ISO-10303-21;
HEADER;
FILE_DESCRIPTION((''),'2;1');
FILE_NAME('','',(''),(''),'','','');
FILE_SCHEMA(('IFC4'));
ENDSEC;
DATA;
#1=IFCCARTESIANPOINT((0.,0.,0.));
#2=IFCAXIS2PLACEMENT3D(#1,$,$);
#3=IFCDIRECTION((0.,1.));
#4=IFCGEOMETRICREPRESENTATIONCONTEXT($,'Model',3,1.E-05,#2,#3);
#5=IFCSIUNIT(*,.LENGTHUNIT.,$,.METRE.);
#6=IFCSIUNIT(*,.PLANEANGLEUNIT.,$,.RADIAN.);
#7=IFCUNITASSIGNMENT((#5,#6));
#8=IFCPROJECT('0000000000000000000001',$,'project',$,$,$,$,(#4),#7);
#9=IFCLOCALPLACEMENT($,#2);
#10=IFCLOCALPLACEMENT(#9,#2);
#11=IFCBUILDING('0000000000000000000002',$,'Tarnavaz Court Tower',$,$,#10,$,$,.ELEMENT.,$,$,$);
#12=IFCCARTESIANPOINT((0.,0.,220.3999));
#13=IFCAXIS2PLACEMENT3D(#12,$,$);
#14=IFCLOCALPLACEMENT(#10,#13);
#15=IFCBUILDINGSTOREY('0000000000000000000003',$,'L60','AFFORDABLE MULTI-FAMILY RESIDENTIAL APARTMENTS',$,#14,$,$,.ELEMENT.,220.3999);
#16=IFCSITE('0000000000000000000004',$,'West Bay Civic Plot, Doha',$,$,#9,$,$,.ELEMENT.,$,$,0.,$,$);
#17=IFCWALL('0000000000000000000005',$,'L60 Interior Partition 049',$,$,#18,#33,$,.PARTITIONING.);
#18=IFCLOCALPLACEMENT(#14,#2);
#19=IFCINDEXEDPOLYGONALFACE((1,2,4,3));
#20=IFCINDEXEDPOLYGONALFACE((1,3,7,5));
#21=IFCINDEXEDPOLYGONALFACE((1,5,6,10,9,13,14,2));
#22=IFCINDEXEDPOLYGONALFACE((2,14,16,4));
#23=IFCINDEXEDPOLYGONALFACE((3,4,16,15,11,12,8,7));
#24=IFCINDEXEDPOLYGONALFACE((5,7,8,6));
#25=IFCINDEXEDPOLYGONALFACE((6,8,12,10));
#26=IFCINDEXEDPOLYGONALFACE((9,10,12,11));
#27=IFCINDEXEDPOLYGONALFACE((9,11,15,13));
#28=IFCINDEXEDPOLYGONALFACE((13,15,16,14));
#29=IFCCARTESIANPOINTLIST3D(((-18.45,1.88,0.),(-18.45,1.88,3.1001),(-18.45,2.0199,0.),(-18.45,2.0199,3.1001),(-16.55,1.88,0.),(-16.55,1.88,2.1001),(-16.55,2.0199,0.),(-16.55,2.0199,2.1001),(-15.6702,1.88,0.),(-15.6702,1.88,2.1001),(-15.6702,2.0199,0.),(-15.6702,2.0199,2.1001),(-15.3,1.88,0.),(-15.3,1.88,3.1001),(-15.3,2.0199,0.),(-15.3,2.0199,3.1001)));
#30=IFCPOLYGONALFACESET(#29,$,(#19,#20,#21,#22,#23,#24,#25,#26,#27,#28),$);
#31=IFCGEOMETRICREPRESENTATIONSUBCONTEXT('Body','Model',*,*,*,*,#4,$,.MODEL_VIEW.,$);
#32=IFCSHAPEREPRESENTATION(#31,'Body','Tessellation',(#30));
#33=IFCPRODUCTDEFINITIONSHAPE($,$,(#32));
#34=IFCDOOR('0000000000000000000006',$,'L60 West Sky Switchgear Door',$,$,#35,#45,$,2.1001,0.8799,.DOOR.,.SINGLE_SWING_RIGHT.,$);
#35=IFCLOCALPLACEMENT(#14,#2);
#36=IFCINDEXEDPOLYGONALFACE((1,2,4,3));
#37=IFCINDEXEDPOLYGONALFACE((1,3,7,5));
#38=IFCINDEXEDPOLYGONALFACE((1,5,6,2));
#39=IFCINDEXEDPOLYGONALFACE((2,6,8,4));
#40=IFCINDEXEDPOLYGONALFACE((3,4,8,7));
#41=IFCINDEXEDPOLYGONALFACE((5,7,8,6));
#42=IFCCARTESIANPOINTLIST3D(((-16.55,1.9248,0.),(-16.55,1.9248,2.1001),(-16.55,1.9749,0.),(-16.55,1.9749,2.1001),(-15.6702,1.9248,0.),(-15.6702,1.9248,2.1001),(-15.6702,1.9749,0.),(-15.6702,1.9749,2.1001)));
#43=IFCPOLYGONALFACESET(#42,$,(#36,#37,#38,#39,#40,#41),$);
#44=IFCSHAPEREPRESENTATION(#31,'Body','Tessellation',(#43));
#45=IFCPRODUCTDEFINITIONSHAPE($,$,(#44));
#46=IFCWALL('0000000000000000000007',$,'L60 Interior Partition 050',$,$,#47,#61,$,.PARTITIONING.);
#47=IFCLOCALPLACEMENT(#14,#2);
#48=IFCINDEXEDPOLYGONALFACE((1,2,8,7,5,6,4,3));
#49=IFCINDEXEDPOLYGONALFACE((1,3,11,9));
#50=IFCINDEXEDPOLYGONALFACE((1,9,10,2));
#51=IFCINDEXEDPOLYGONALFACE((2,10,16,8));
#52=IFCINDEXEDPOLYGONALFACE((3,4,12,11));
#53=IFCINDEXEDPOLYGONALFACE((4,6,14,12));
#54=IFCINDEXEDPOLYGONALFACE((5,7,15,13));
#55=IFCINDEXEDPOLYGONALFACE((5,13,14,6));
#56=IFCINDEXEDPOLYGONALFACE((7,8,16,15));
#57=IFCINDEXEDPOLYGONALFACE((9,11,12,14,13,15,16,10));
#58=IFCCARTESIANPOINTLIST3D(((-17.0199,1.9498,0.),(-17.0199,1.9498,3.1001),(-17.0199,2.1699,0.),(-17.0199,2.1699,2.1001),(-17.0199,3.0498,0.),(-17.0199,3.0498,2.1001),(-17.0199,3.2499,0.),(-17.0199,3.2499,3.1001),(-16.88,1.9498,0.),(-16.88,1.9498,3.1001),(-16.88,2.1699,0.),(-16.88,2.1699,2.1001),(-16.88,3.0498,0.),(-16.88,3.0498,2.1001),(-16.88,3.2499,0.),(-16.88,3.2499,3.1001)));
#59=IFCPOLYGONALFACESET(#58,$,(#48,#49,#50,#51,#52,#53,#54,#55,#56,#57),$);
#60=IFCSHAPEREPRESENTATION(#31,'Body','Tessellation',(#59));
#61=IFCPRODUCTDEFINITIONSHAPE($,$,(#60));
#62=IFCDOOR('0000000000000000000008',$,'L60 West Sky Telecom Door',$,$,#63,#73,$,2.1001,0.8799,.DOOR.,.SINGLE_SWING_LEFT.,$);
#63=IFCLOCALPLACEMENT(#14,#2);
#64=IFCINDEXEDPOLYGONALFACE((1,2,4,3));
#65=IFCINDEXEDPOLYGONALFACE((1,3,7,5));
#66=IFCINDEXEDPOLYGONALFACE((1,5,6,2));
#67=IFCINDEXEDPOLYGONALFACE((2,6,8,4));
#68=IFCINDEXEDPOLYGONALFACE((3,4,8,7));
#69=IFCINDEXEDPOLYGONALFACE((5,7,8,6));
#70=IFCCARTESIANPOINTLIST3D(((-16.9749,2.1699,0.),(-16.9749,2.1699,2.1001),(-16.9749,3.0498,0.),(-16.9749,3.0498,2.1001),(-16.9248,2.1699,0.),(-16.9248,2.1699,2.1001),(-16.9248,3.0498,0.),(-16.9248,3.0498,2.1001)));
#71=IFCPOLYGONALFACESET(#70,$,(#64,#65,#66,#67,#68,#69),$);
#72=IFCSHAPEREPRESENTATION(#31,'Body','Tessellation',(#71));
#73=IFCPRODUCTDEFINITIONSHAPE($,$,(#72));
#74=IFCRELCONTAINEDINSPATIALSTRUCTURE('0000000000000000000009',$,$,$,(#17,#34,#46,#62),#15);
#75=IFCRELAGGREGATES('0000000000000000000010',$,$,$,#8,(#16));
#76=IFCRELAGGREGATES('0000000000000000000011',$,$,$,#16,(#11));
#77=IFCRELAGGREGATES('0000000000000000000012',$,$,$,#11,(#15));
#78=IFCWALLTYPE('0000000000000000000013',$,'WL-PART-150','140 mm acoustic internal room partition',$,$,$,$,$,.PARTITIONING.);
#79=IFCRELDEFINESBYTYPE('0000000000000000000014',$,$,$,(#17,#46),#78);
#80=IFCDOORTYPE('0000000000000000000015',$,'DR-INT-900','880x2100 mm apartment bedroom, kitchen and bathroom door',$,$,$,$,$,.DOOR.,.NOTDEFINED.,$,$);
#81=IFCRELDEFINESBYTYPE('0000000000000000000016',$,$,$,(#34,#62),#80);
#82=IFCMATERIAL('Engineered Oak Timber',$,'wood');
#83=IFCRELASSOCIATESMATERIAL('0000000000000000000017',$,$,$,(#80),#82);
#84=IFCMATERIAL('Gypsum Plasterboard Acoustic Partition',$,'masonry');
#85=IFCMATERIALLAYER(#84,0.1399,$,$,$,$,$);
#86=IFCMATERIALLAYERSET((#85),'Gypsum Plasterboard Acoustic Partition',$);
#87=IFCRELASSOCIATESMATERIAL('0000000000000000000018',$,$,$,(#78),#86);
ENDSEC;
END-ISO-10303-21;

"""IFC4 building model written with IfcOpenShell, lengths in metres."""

from ifc_helpers import new_model, si_unit, direction, frame, frame_2d, origin, place, context, subcontext, project, spatial, rectangle, extrude, material, layer, layer_set, type_object, element, fill, save


model = new_model("IFC4")

# Units and contexts
model_context = context("Model", 3, precision=1e-05, world=origin(), true_north=direction((0.0, 1.0)))
body_context = subcontext(model_context, "Body", "Model", "MODEL_VIEW")
ifc_project = project(units=[si_unit("LENGTHUNIT", "METRE"), si_unit("PLANEANGLEUNIT", "RADIAN")], contexts=[model_context])

# Site, building, storey
site_placement = place(None, origin())
site = spatial("IfcSite", under=ifc_project, at=site_placement, Name="West Bay Civic Plot, Doha", CompositionType="ELEMENT", RefElevation=0.0)
building_placement = place(site_placement, origin())
building = spatial("IfcBuilding", under=site, at=building_placement, Name="Tarnavaz Court Tower", CompositionType="ELEMENT")
storey_placement = place(building_placement, frame((0.0, 0.0, 220.3999)))
storey = spatial("IfcBuildingStorey", under=building, at=storey_placement, Name="L60", Description="AFFORDABLE MULTI-FAMILY RESIDENTIAL APARTMENTS", CompositionType="ELEMENT", Elevation=220.3999)

# Shared definitions
ifc_material_1 = material(Name="Engineered Oak Timber", Category="wood")
door_type_1 = type_object("IfcDoorType", Name="DR-INT-900", Description="880x2100 mm apartment bedroom, kitchen and bathroom door", OperationType="NOTDEFINED", PredefinedType="DOOR", material=ifc_material_1)

# Walls, openings, doors
ifc_material_2 = material(Name="Gypsum Plasterboard Acoustic Partition", Category="masonry")
ifc_layer_1 = layer(ifc_material_2, 0.1399)
ifc_layer_set_1 = layer_set([ifc_layer_1], Name="Gypsum Plasterboard Acoustic Partition")
wall_type_1 = type_object("IfcWallType", Name="WL-PART-150", Description="140 mm acoustic internal room partition", PredefinedType="PARTITIONING", material=ifc_layer_set_1)
wall_1_placement = place(storey_placement, frame((-18.45, 1.95, 0.0), z_axis=(0.0, 0.0, 1.0), x_axis=(1.0, 0.0, 0.0)))
wall_1 = element("IfcWall", 1, at=wall_1_placement, inside=storey, type_object=wall_type_1, Name="L60 Interior Partition 049", PredefinedType="PARTITIONING", context=body_context, shape_type="SweptSolid", body=[
    extrude(rectangle(XDim=3.1499, YDim=0.1399, at=frame_2d((1.575, 0.0))), origin(), (0.0, 0.0, 1.0), 3.1001),
])
opening_1_placement = place(wall_1_placement, frame((1.8999, 0.0, 0.0)))
opening_1 = element("IfcOpeningElement", 2, at=opening_1_placement, cuts=wall_1, PredefinedType="OPENING", context=body_context, shape_type="SweptSolid", body=[
    extrude(rectangle(XDim=0.8799, YDim=2.1001, at=frame_2d((0.4399, 1.05))), frame((0.0, 0.0798, 0.0), z_axis=(0.0, -1.0, 0.0), x_axis=(1.0, 0.0, 0.0)), (0.0, 0.0, 1.0), 0.1599),
])
door_1_placement = place(opening_1_placement, origin())
door_1 = element("IfcDoor", 3, at=door_1_placement, inside=storey, type_object=door_type_1, Name="L60 West Sky Switchgear Door", OperationType="SINGLE_SWING_RIGHT", OverallHeight=2.1001, OverallWidth=0.8799, PredefinedType="DOOR", context=body_context, shape_type="SweptSolid", body=[
    extrude(rectangle(XDim=0.8799, YDim=2.1001, at=frame_2d((0.4399, 1.05))), frame((0.0, 0.0249, 0.0), z_axis=(0.0, -1.0, 0.0), x_axis=(1.0, 0.0, 0.0)), (0.0, 0.0, 1.0), 0.05),
])
fill(opening_1, door_1)
wall_2_placement = place(storey_placement, frame((-16.95, 1.95, 0.0), z_axis=(0.0, 0.0, 1.0), x_axis=(0.0, 1.0, 0.0)))
wall_2 = element("IfcWall", 4, at=wall_2_placement, inside=storey, type_object=wall_type_1, Name="L60 Interior Partition 050", PredefinedType="PARTITIONING", context=body_context, shape_type="SweptSolid", body=[
    extrude(rectangle(XDim=1.3, YDim=0.1399, at=frame_2d((0.6499, 0.0))), origin(), (0.0, 0.0, 1.0), 3.1001),
])
opening_2_placement = place(wall_2_placement, frame((0.22, 0.0, 0.0)))
opening_2 = element("IfcOpeningElement", 5, at=opening_2_placement, cuts=wall_2, PredefinedType="OPENING", context=body_context, shape_type="SweptSolid", body=[
    extrude(rectangle(XDim=0.8799, YDim=2.1001, at=frame_2d((0.4399, 1.05))), frame((0.0, 0.0798, 0.0), z_axis=(0.0, -1.0, 0.0), x_axis=(1.0, 0.0, 0.0)), (0.0, 0.0, 1.0), 0.1599),
])
door_2_placement = place(opening_2_placement, origin())
door_2 = element("IfcDoor", 6, at=door_2_placement, inside=storey, type_object=door_type_1, Name="L60 West Sky Telecom Door", OperationType="SINGLE_SWING_LEFT", OverallHeight=2.1001, OverallWidth=0.8799, PredefinedType="DOOR", context=body_context, shape_type="SweptSolid", body=[
    extrude(rectangle(XDim=0.8799, YDim=2.1001, at=frame_2d((0.4399, 1.05))), frame((0.0, 0.0249, 0.0), z_axis=(0.0, -1.0, 0.0), x_axis=(1.0, 0.0, 0.0)), (0.0, 0.0, 1.0), 0.05),
])
fill(opening_2, door_2)

save(model, "model.ifc")
